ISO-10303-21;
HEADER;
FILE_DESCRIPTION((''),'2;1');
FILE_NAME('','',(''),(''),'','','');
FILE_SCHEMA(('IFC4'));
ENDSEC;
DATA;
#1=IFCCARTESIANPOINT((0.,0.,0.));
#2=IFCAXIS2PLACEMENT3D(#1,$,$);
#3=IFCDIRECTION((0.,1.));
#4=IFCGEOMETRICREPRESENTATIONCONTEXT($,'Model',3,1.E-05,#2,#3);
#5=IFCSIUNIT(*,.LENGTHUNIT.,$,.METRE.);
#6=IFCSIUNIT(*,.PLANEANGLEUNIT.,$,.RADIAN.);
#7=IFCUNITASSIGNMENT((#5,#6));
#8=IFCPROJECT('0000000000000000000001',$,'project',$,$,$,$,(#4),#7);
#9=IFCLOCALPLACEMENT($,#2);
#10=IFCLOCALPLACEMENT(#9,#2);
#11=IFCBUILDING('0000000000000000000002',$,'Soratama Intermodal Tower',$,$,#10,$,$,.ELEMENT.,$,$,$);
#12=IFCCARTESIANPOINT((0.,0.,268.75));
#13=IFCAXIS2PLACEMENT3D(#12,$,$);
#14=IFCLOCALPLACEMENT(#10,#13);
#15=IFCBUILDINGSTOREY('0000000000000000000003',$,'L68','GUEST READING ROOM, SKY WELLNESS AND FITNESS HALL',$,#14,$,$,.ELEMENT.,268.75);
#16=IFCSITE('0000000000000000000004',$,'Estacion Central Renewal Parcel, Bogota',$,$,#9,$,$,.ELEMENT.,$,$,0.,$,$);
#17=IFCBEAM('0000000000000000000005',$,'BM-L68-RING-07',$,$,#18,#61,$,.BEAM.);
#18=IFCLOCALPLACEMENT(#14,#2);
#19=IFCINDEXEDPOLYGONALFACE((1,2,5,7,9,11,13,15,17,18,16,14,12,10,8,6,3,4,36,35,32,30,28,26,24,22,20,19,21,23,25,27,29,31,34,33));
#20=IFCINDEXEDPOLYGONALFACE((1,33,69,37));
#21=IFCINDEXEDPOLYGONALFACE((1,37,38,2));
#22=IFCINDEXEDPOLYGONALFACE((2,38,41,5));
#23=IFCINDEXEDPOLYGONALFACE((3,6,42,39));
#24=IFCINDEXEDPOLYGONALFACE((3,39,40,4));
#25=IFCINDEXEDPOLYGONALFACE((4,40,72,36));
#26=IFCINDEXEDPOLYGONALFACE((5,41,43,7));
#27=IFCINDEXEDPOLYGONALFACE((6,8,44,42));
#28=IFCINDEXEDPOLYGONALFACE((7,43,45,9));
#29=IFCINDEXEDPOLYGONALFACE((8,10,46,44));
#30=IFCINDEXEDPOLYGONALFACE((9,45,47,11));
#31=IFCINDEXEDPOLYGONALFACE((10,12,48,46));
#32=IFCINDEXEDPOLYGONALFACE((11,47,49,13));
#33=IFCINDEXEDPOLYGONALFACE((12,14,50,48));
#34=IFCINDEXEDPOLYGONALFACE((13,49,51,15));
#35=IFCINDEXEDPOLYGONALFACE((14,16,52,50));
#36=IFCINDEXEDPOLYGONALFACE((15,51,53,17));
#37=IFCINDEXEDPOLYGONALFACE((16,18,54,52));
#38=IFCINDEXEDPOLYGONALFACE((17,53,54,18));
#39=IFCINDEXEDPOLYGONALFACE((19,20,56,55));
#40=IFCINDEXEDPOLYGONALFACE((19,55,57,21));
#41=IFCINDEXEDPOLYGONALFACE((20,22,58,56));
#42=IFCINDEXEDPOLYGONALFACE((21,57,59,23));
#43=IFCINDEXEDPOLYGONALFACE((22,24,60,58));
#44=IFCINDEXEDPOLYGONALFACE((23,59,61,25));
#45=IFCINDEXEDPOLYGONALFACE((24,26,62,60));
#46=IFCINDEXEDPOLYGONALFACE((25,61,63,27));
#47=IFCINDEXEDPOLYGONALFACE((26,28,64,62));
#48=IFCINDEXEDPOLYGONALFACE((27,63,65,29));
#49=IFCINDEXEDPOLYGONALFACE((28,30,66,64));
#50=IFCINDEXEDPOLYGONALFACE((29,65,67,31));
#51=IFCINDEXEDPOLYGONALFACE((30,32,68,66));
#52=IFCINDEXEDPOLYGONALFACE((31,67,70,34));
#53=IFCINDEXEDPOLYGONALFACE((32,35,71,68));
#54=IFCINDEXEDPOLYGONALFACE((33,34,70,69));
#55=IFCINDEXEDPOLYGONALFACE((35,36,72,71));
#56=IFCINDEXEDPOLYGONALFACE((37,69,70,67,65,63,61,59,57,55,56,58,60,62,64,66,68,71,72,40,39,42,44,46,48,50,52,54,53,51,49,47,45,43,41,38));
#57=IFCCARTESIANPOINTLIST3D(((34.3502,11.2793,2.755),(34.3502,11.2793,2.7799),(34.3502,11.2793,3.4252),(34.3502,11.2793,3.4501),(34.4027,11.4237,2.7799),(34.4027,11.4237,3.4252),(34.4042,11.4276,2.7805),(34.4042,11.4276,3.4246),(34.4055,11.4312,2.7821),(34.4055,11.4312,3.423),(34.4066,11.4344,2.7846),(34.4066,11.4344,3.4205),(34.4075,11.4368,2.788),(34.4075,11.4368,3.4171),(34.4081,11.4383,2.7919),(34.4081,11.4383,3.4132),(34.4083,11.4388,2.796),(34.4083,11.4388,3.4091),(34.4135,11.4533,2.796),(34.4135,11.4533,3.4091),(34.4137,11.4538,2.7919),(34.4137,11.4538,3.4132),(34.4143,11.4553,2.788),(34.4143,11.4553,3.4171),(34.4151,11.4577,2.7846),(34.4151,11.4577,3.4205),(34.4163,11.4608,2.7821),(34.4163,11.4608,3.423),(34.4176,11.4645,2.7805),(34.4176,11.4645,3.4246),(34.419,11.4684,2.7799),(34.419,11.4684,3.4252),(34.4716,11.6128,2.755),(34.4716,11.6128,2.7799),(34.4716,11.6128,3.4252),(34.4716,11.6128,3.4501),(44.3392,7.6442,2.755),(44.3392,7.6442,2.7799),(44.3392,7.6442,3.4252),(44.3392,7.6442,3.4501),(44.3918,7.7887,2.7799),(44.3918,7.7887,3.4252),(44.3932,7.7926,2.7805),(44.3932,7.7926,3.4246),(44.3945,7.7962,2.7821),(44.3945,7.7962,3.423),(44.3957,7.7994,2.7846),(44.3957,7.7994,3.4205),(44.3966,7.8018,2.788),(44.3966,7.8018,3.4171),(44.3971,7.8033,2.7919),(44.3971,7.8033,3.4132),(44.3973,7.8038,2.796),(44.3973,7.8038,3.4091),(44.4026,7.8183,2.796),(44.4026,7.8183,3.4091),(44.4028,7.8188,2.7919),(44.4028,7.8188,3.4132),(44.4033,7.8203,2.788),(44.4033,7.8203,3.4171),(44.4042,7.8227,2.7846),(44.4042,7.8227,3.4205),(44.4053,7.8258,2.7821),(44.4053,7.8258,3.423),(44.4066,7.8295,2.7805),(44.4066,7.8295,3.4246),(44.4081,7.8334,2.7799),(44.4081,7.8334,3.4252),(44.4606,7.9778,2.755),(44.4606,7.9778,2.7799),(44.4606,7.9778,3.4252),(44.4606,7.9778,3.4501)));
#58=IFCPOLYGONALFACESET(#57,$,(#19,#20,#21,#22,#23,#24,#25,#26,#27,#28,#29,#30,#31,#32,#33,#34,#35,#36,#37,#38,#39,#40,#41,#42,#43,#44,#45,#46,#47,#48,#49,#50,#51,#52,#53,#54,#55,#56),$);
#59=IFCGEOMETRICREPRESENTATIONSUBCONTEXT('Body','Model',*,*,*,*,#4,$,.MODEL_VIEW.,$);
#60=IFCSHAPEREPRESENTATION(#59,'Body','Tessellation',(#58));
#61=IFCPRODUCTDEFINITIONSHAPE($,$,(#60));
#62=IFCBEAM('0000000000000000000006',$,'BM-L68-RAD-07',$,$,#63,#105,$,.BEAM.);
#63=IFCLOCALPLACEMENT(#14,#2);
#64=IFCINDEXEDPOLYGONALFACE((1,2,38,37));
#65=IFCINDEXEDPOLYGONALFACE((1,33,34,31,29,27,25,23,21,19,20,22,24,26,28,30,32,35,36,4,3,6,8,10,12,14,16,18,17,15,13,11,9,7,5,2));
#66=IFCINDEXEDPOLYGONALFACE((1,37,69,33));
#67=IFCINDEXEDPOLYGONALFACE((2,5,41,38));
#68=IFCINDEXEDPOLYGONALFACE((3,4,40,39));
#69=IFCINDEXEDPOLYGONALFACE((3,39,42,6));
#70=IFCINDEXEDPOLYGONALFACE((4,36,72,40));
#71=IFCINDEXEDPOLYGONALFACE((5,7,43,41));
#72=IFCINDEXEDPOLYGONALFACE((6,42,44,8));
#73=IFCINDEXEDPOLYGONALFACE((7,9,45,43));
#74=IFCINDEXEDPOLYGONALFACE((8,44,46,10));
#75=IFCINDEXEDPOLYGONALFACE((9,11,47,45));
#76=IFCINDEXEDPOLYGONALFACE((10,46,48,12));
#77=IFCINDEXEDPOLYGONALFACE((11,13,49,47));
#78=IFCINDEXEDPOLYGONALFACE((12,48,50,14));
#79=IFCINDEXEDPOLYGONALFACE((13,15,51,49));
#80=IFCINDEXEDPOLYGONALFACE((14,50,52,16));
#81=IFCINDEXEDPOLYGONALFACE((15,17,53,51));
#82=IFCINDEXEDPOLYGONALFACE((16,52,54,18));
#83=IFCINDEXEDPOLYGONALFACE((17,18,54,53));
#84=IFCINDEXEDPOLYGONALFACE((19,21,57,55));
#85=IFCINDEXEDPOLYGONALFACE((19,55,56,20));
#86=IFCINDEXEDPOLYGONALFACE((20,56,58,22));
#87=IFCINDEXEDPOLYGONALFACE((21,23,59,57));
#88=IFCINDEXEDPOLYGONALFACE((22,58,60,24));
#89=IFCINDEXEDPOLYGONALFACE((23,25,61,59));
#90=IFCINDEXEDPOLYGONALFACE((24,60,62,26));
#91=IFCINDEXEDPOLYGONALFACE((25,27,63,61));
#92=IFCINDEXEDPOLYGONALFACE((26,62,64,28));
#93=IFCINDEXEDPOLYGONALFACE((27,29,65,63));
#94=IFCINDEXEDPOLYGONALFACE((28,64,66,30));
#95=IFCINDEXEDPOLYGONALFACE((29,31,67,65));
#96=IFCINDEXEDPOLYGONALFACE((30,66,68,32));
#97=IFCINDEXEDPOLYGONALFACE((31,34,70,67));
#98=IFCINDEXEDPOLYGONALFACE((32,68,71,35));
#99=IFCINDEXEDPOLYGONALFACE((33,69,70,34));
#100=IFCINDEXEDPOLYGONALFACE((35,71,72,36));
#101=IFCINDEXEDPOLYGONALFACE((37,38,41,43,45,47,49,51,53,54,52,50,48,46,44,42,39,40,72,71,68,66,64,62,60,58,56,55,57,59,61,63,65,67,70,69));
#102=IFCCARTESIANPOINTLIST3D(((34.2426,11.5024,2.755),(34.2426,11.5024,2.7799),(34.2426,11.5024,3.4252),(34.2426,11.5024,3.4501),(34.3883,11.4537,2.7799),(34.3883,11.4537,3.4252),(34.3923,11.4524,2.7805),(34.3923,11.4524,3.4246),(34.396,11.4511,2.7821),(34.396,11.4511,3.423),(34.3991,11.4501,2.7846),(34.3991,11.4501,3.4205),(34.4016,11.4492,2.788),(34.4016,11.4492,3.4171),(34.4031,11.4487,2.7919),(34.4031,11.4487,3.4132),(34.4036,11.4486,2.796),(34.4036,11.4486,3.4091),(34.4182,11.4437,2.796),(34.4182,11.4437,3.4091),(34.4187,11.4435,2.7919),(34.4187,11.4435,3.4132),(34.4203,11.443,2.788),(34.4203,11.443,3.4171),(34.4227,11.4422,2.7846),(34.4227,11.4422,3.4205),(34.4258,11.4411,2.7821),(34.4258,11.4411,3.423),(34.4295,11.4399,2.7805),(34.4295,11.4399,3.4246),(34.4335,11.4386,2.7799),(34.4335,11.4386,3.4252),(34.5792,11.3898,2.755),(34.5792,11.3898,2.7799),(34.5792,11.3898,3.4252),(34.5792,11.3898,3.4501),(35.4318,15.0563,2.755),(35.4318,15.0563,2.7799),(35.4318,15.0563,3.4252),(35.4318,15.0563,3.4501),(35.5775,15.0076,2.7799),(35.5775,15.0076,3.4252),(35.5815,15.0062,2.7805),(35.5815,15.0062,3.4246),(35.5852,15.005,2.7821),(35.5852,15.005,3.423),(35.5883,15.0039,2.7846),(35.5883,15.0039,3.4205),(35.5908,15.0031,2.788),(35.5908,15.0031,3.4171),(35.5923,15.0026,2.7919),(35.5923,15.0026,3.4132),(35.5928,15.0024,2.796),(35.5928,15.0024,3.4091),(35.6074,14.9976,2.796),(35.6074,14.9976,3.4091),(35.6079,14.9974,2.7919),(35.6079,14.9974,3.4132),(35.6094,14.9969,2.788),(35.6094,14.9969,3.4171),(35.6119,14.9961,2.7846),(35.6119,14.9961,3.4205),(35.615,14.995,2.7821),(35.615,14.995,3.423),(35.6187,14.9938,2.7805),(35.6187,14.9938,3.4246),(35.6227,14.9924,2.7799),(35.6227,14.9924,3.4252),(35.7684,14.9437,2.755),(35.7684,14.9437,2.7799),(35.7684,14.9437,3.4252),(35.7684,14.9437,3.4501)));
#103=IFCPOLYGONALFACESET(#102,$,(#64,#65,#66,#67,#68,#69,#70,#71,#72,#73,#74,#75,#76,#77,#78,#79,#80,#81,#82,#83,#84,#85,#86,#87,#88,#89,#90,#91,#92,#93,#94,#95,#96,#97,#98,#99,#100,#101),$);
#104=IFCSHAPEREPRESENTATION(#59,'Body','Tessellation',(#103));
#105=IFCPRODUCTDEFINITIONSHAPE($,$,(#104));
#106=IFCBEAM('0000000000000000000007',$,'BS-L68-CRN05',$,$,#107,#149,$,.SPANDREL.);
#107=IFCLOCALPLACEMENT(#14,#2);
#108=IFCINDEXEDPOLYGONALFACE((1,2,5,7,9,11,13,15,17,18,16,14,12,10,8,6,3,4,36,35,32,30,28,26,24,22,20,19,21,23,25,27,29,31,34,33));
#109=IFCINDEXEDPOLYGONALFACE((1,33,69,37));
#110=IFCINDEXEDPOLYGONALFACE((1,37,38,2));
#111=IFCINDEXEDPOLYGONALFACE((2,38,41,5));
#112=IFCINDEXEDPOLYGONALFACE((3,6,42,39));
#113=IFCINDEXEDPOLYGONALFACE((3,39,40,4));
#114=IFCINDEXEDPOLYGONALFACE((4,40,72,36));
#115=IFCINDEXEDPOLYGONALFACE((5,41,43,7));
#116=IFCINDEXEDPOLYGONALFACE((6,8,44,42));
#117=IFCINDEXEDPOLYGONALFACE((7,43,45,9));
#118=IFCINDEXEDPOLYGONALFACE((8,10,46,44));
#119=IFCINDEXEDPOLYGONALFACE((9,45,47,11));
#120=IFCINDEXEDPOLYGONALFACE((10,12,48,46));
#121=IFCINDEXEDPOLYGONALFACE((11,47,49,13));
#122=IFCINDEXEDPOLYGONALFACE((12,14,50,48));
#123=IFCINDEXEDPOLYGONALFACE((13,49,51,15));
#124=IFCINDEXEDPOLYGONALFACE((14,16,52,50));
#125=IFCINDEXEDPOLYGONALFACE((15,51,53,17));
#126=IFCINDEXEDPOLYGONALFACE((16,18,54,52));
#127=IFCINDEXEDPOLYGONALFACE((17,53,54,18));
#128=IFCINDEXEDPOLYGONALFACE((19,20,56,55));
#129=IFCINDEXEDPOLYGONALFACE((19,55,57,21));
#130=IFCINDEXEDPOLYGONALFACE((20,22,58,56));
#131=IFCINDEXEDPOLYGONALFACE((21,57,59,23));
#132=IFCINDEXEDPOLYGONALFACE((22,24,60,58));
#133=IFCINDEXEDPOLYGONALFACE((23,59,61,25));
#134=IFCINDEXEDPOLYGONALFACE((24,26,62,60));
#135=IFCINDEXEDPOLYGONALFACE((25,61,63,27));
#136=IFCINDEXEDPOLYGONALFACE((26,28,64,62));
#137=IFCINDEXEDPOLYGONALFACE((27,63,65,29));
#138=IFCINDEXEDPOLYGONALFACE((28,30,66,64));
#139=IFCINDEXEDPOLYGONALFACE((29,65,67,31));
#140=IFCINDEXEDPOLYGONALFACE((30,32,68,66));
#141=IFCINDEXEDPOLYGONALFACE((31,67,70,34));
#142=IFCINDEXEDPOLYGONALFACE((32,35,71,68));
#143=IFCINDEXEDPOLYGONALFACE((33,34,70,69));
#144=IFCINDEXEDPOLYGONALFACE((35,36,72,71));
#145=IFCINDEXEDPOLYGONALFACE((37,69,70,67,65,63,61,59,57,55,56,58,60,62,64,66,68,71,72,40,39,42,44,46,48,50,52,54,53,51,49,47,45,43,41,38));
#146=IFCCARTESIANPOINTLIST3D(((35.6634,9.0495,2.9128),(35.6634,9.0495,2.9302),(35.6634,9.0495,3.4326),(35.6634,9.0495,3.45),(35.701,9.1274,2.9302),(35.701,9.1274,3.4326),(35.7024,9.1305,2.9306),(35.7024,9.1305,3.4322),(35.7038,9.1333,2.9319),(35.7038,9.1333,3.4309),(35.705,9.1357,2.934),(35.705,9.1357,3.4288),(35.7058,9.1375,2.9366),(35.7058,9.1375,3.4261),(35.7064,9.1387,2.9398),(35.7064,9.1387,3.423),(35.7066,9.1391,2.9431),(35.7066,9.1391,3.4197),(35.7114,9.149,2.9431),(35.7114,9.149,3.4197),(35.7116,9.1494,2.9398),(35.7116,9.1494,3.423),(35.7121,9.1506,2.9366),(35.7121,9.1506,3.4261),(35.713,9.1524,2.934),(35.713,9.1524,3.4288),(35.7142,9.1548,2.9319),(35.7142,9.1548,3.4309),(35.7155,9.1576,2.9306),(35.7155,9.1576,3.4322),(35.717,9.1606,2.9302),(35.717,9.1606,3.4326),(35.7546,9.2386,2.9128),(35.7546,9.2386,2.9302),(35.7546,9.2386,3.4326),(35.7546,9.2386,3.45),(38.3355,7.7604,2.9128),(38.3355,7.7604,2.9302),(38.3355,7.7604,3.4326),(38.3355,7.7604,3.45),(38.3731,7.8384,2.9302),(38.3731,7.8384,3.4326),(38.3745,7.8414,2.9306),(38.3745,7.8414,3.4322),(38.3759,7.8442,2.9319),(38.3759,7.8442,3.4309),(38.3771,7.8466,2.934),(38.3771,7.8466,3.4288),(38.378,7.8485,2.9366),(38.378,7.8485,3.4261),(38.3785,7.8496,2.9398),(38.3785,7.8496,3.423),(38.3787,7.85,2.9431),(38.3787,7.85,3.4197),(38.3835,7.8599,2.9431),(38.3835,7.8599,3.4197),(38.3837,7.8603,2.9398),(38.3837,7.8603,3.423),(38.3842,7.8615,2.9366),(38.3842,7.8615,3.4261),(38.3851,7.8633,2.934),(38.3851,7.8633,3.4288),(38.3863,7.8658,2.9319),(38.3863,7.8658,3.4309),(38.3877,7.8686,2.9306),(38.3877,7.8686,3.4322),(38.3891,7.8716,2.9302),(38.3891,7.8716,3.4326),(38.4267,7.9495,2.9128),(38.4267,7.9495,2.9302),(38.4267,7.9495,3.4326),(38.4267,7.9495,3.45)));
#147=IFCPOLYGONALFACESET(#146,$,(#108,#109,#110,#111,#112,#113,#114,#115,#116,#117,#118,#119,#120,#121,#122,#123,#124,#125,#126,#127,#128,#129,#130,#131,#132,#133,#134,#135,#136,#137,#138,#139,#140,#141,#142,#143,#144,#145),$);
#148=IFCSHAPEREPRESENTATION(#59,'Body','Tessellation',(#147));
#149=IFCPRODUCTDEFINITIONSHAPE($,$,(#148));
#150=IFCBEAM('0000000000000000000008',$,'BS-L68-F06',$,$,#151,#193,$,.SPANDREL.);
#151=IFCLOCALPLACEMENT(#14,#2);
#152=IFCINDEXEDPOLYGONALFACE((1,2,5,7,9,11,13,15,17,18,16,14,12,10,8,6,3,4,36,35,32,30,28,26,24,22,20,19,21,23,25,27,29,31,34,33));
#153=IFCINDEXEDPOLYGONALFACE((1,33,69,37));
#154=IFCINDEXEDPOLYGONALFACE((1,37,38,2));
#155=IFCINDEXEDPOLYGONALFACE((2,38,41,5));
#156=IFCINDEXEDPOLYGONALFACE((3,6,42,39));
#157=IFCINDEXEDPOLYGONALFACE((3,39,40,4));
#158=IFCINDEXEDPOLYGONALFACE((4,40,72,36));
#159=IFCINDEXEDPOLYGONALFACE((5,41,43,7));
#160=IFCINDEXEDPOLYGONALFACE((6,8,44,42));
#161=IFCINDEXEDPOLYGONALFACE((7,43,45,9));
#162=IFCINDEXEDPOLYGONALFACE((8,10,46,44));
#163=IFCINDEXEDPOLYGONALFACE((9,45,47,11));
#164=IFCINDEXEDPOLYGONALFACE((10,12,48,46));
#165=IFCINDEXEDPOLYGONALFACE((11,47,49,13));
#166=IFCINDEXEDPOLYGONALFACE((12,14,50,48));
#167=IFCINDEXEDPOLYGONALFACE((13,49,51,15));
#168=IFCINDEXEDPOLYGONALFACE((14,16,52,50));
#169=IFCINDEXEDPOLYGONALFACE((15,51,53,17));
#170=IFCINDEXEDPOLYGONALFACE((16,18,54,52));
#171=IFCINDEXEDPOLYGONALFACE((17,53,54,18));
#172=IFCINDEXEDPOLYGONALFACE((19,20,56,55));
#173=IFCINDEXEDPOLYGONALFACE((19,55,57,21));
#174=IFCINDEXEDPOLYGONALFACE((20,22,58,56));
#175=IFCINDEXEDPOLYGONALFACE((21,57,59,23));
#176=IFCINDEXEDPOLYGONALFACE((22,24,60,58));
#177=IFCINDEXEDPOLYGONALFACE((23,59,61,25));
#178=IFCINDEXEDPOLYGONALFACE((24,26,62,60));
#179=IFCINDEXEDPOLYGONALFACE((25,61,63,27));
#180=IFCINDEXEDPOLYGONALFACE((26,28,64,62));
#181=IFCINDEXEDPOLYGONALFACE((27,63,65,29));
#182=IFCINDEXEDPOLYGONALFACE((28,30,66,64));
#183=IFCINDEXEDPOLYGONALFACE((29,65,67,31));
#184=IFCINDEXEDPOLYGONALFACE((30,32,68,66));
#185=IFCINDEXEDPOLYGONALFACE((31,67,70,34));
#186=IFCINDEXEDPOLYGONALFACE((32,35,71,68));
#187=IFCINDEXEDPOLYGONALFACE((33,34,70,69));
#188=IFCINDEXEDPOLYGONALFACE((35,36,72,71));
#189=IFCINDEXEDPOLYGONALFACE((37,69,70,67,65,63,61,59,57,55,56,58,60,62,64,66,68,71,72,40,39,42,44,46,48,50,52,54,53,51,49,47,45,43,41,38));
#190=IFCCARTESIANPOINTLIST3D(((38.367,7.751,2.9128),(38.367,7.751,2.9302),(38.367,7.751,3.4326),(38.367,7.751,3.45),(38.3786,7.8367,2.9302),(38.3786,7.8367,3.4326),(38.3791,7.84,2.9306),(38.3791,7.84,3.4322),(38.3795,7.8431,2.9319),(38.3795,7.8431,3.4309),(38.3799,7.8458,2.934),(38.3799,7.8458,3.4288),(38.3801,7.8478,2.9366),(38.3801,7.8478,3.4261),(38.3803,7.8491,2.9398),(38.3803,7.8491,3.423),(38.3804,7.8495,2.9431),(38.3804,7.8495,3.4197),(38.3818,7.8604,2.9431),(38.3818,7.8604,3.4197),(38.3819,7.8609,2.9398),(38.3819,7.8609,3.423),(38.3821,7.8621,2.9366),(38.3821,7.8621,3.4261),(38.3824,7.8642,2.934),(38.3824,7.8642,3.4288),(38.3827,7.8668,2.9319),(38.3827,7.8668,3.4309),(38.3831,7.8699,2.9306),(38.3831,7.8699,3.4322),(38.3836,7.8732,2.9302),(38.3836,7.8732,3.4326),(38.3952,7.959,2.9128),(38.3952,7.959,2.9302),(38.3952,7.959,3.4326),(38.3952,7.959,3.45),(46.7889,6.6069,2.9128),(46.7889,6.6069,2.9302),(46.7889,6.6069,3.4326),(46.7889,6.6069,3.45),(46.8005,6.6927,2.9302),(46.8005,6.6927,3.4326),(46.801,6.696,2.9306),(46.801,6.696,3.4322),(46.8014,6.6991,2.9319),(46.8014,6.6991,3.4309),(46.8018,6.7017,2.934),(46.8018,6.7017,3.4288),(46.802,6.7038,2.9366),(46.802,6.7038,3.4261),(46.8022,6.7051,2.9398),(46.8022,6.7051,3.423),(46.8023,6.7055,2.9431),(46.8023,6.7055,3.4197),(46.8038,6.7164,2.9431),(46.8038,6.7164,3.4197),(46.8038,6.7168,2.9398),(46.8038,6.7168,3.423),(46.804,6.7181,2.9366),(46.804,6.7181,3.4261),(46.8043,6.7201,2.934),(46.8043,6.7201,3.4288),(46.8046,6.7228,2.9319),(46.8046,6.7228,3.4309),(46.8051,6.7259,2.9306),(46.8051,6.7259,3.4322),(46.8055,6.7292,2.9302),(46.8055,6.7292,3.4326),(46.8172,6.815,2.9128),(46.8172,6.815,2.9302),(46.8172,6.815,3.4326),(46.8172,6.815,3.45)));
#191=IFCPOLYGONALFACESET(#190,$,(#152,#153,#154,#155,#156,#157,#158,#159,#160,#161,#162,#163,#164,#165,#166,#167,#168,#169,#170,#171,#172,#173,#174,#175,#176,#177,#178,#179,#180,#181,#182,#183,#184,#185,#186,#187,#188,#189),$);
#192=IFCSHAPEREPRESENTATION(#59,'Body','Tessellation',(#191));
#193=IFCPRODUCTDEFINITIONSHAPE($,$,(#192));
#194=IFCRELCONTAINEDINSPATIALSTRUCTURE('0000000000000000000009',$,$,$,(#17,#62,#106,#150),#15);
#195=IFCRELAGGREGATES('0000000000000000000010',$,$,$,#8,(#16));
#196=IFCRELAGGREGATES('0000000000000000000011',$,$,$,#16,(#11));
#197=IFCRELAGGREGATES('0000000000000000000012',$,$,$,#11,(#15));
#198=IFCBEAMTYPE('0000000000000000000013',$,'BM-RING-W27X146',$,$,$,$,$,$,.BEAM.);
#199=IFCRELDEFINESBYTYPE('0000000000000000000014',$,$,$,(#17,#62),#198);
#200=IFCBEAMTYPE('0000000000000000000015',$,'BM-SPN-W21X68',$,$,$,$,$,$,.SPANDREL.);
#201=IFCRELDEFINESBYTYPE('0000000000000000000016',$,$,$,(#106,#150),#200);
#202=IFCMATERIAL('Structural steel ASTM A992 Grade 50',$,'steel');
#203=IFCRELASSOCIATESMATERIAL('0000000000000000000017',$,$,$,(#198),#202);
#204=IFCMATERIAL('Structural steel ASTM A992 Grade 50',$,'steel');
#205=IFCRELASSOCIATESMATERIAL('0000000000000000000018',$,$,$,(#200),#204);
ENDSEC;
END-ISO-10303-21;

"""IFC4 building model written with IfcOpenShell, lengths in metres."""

from ifc_helpers import new_model, si_unit, direction, frame, origin, origin_2d, place, context, subcontext, project, spatial, i_section, extrude, material, material_profile, profile_set, type_object, element, save


model = new_model("IFC4")

# Units and contexts
model_context = context("Model", 3, precision=1e-05, world=origin(), true_north=direction((0.0, 1.0)))
body_context = subcontext(model_context, "Body", "Model", "MODEL_VIEW")
ifc_project = project(units=[si_unit("LENGTHUNIT", "METRE"), si_unit("PLANEANGLEUNIT", "RADIAN")], contexts=[model_context])

# Site, building, storey
site_placement = place(None, origin())
site = spatial("IfcSite", under=ifc_project, at=site_placement, Name="Estacion Central Renewal Parcel, Bogota", CompositionType="ELEMENT", RefElevation=0.0)
building_placement = place(site_placement, origin())
building = spatial("IfcBuilding", under=site, at=building_placement, Name="Soratama Intermodal Tower", CompositionType="ELEMENT")
storey_placement = place(building_placement, frame((0.0, 0.0, 268.75)))
storey = spatial("IfcBuildingStorey", under=building, at=storey_placement, Name="L68", Description="GUEST READING ROOM, SKY WELLNESS AND FITNESS HALL", CompositionType="ELEMENT", Elevation=268.75)

# Beams
ifc_material_1 = material(Name="Structural steel ASTM A992 Grade 50", Category="steel")
ifc_material_profile_1 = material_profile(ifc_material_1, i_section(OverallWidth=0.355, OverallDepth=0.6951, WebThickness=0.0154, FlangeThickness=0.0249, FilletRadius=0.0161, at=origin_2d()), Name="W27X146")
ifc_profile_set_1 = profile_set([ifc_material_profile_1], Name="Structural steel ASTM A992 Grade 50")
beam_type_1 = type_object("IfcBeamType", Name="BM-RING-W27X146", PredefinedType="BEAM", material=ifc_profile_set_1)
beam_1_placement = place(storey_placement, frame((34.4109, 11.446, 3.1025), z_axis=(0.939714, -0.341963, 0.0), x_axis=(0.341963, 0.939714, 0.0)))
element("IfcBeam", 1, at=beam_1_placement, inside=storey, type_object=beam_type_1, Name="BM-L68-RING-07", PredefinedType="BEAM", context=body_context, shape_type="SweptSolid", body=[
    extrude(i_section(OverallWidth=0.355, OverallDepth=0.6951, WebThickness=0.0154, FlangeThickness=0.0249, FilletRadius=0.0161, at=origin_2d()), origin(), (0.0, 0.0, 1.0), 10.6299),
])
beam_2_placement = place(storey_placement, frame((35.6001, 15.0, 3.1025), z_axis=(-0.317322, -0.948318, 0.0), x_axis=(0.948318, -0.317322, 0.0)))
element("IfcBeam", 2, at=beam_2_placement, inside=storey, type_object=beam_type_1, Name="BM-L68-RAD-07", PredefinedType="BEAM", context=body_context, shape_type="SweptSolid", body=[
    extrude(i_section(OverallWidth=0.355, OverallDepth=0.6951, WebThickness=0.0154, FlangeThickness=0.0249, FilletRadius=0.0161, at=origin_2d()), origin(), (0.0, 0.0, 1.0), 3.7476),
])
ifc_material_2 = material(Name="Structural steel ASTM A992 Grade 50", Category="steel")
ifc_material_profile_2 = material_profile(ifc_material_2, i_section(OverallWidth=0.21, OverallDepth=0.5371, WebThickness=0.011, FlangeThickness=0.0173, FilletRadius=0.0129, at=origin_2d()), Name="W21X68")
ifc_profile_set_2 = profile_set([ifc_material_profile_2], Name="Structural steel ASTM A992 Grade 50")
beam_type_2 = type_object("IfcBeamType", Name="BM-SPN-W21X68", PredefinedType="SPANDREL", material=ifc_profile_set_2)
beam_3_placement = place(storey_placement, frame((35.709, 9.144, 3.1814), z_axis=(0.900674, -0.434496, 0.0), x_axis=(0.434496, 0.900674, 0.0)))
element("IfcBeam", 3, at=beam_3_placement, inside=storey, type_object=beam_type_2, Name="BS-L68-CRN05", PredefinedType="SPANDREL", context=body_context, shape_type="SweptSolid", body=[
    extrude(i_section(OverallWidth=0.21, OverallDepth=0.5371, WebThickness=0.011, FlangeThickness=0.0173, FilletRadius=0.0129, at=origin_2d()), origin(), (0.0, 0.0, 1.0), 2.9668),
])
beam_4_placement = place(storey_placement, frame((38.3811, 7.855, 3.1814), z_axis=(0.990899, -0.134606, 0.0), x_axis=(0.134606, 0.990899, 0.0)))
element("IfcBeam", 4, at=beam_4_placement, inside=storey, type_object=beam_type_2, Name="BS-L68-F06", PredefinedType="SPANDREL", context=body_context, shape_type="SweptSolid", body=[
    extrude(i_section(OverallWidth=0.21, OverallDepth=0.5371, WebThickness=0.011, FlangeThickness=0.0173, FilletRadius=0.0129, at=origin_2d()), origin(), (0.0, 0.0, 1.0), 8.4993),
])

save(model, "model.ifc")
